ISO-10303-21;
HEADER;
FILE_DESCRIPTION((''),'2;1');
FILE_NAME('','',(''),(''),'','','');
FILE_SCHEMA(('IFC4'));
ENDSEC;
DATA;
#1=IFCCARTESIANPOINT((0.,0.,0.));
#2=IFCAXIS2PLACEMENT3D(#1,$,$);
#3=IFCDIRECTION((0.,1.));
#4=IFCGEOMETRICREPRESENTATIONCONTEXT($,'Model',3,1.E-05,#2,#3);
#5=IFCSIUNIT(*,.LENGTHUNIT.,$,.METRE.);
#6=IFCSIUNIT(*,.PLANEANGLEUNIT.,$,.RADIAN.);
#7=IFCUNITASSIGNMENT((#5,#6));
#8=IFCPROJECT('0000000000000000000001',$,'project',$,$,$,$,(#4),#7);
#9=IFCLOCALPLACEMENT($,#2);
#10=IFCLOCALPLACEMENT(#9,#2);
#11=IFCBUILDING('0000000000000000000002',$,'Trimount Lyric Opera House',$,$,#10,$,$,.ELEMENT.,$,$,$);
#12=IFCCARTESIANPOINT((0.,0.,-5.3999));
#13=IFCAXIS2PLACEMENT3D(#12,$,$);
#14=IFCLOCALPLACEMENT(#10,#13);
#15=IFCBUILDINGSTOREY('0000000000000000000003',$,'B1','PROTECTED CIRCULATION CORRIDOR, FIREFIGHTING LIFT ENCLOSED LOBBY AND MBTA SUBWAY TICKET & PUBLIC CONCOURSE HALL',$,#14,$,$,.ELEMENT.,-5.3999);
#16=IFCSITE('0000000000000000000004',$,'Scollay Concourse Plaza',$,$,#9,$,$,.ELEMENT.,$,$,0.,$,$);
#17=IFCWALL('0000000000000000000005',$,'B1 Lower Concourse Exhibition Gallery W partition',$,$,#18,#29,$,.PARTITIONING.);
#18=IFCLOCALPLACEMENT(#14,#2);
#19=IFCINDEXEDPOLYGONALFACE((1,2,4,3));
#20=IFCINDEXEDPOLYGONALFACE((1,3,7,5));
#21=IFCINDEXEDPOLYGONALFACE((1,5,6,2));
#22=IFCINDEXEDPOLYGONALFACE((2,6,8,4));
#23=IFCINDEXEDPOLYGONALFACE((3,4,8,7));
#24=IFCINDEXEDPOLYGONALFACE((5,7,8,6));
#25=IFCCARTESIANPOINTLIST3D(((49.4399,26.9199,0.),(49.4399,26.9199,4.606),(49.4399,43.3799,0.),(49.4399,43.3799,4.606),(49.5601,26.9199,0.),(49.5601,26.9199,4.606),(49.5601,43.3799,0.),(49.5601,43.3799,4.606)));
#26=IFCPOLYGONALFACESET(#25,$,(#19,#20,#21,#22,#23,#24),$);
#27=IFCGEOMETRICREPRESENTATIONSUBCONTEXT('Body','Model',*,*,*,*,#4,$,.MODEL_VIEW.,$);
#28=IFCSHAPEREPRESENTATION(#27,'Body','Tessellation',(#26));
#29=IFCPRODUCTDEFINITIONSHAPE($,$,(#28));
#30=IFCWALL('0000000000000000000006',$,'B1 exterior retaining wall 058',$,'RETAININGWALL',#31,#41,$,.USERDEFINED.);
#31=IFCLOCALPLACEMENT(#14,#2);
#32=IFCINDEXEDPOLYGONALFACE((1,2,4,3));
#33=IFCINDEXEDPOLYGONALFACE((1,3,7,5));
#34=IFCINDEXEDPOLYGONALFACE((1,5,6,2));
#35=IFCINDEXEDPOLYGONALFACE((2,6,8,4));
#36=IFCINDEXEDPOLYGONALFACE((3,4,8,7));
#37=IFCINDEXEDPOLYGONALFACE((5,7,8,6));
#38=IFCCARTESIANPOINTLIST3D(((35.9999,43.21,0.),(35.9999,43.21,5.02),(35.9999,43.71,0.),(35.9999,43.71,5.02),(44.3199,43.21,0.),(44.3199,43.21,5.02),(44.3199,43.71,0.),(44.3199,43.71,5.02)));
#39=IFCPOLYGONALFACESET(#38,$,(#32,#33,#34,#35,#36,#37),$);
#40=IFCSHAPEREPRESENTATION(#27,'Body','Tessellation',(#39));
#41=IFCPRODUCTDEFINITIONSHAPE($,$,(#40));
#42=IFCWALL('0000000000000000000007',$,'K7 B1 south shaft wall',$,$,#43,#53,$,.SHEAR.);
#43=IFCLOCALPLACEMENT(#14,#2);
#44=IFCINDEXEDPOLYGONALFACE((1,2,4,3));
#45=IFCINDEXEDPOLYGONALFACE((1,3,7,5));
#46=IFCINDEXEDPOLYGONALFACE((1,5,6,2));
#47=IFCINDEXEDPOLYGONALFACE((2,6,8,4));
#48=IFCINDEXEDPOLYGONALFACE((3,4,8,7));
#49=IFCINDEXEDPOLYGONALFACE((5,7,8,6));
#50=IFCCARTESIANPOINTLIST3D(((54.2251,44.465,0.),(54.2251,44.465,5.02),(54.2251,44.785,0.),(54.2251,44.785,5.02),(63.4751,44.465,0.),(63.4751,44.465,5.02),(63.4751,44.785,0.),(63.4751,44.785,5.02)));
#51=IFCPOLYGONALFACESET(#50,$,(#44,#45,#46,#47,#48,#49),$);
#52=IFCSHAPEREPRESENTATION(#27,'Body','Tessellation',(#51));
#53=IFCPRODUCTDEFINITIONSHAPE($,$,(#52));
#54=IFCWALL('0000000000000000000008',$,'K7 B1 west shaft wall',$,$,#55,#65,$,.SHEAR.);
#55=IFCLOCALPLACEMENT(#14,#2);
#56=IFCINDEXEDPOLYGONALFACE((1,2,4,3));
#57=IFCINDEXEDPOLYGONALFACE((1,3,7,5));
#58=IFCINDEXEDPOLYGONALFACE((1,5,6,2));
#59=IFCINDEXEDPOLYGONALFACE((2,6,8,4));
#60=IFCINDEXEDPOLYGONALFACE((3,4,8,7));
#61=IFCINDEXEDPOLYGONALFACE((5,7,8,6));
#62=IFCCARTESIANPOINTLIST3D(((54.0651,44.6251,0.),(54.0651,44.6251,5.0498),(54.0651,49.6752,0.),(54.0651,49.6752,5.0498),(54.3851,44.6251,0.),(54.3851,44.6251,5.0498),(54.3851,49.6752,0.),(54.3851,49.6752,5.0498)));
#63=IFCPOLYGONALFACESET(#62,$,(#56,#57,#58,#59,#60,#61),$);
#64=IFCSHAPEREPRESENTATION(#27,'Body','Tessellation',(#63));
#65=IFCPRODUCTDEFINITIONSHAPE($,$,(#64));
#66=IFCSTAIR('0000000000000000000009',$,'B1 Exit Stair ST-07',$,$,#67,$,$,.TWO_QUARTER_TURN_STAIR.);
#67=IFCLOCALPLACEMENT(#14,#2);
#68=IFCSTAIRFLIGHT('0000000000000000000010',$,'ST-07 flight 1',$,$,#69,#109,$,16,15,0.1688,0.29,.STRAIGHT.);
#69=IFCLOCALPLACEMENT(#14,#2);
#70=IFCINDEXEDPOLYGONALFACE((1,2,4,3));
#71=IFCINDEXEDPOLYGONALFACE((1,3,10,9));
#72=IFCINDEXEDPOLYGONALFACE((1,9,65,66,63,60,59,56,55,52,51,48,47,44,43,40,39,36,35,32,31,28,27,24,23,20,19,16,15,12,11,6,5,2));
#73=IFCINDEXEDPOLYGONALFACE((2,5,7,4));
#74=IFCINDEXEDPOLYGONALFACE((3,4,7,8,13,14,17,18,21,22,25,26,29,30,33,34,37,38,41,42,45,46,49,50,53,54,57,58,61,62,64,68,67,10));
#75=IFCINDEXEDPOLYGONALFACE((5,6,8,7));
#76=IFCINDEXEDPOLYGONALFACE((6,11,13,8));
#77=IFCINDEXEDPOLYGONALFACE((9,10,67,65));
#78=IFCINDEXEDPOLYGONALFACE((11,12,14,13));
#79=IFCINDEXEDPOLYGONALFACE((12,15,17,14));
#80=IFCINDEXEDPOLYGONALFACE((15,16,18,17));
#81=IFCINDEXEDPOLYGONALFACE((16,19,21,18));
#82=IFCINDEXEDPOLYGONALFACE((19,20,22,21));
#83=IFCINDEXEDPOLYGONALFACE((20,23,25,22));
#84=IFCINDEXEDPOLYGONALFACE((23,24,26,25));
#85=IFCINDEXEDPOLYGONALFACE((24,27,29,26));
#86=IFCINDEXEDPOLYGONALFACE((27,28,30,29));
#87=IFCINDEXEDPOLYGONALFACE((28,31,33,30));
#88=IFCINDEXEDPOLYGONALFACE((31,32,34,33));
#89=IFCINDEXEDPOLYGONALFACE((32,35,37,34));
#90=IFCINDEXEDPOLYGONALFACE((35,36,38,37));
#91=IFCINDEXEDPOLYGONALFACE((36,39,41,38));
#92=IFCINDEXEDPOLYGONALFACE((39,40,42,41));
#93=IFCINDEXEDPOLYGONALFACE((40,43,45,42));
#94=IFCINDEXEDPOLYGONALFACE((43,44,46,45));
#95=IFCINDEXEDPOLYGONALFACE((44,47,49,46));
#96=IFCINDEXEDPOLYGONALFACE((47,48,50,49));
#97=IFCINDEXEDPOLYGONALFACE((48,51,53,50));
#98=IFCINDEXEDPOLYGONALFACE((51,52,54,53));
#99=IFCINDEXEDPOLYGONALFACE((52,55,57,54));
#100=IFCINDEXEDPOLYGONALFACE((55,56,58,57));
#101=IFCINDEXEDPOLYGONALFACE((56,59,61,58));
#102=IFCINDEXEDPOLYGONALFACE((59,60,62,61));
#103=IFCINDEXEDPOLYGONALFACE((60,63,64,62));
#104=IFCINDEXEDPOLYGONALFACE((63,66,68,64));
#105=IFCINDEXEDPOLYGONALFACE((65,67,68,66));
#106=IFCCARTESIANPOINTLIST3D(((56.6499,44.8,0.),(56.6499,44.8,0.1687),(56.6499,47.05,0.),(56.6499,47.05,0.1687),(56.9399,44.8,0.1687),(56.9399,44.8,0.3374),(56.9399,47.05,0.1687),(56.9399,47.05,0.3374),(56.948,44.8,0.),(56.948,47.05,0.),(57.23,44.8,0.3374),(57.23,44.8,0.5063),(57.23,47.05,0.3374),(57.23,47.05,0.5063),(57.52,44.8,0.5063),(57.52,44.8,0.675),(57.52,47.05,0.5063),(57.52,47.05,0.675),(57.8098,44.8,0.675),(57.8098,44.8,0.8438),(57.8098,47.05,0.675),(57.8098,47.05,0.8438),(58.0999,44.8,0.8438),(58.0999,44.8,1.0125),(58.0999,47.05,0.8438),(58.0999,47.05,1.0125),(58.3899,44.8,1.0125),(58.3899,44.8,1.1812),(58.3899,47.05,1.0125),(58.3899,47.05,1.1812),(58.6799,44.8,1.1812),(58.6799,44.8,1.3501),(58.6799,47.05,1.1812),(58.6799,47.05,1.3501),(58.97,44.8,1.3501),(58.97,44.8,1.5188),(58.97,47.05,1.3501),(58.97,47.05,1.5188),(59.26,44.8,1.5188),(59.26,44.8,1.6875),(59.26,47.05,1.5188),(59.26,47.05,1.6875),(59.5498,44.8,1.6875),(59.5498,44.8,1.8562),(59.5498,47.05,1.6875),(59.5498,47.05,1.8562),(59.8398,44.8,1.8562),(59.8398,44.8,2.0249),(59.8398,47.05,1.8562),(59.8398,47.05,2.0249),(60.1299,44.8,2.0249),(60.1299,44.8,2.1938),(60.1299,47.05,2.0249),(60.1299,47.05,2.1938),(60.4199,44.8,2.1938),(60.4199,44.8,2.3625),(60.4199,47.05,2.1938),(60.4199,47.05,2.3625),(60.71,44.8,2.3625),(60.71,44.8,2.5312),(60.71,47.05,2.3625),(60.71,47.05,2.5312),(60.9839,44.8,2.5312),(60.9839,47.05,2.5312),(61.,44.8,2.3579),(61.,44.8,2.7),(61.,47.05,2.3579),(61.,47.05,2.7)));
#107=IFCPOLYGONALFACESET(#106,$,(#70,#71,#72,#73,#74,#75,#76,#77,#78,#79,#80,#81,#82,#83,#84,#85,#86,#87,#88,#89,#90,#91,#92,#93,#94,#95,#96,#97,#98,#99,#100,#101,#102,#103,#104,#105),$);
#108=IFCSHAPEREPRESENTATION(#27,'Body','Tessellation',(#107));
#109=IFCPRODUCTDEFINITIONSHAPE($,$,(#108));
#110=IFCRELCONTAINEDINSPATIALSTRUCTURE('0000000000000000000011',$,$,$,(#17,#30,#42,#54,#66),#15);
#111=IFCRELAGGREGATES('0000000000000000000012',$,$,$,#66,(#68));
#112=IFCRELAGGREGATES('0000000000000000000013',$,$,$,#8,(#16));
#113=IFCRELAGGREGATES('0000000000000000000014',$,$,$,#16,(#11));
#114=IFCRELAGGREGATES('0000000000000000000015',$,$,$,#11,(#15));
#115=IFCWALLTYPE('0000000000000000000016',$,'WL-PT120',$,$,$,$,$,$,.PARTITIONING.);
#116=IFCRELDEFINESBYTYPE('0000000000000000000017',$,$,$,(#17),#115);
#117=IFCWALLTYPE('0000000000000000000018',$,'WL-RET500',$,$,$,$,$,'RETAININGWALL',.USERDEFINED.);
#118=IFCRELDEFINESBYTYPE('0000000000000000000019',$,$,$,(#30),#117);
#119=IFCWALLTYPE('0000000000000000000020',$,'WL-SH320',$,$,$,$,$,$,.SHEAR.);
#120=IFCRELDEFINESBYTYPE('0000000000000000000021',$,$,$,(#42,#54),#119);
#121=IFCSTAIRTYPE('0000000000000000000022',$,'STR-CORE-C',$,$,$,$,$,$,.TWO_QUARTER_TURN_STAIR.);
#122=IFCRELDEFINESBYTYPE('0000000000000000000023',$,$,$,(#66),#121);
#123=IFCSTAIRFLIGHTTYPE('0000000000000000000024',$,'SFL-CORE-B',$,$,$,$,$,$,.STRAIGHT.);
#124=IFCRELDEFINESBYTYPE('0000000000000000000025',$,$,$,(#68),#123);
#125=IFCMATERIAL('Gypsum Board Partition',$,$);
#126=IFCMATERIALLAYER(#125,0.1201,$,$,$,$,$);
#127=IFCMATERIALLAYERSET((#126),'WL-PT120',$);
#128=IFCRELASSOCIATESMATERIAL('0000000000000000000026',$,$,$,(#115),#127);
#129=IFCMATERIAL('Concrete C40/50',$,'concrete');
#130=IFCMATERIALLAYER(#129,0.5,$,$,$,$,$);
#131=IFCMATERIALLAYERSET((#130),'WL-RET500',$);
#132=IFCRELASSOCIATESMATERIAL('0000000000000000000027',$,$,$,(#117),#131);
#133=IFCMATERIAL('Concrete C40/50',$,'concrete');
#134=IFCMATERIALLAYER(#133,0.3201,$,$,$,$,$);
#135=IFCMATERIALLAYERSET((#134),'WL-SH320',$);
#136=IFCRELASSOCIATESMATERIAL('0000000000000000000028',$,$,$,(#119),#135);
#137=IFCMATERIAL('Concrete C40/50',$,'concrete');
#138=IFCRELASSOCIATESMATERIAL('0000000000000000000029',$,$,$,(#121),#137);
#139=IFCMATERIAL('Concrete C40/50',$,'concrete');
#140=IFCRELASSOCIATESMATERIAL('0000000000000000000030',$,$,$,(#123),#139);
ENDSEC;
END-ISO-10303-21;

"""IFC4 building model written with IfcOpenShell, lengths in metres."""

from ifc_helpers import new_model, si_unit, direction, frame, frame_2d, origin, place, context, subcontext, project, spatial, polyline, rectangle, outline, extrude, material, layer, layer_set, type_object, element, aggregate, save


model = new_model("IFC4")

# Units and contexts
model_context = context("Model", 3, precision=1e-05, world=origin(), true_north=direction((0.0, 1.0)))
body_context = subcontext(model_context, "Body", "Model", "MODEL_VIEW")
ifc_project = project(units=[si_unit("LENGTHUNIT", "METRE"), si_unit("PLANEANGLEUNIT", "RADIAN")], contexts=[model_context])

# Site, building, storey
site_placement = place(None, origin())
site = spatial("IfcSite", under=ifc_project, at=site_placement, Name="Scollay Concourse Plaza", CompositionType="ELEMENT", RefElevation=0.0)
building_placement = place(site_placement, origin())
building = spatial("IfcBuilding", under=site, at=building_placement, Name="Trimount Lyric Opera House", CompositionType="ELEMENT")
storey_placement = place(building_placement, frame((0.0, 0.0, -5.3999)))
storey = spatial("IfcBuildingStorey", under=building, at=storey_placement, Name="B1", Description="PROTECTED CIRCULATION CORRIDOR, FIREFIGHTING LIFT ENCLOSED LOBBY AND MBTA SUBWAY TICKET & PUBLIC CONCOURSE HALL", CompositionType="ELEMENT", Elevation=-5.3999)

# Walls
ifc_material_1 = material(Name="Gypsum Board Partition")
ifc_layer_1 = layer(ifc_material_1, 0.1201)
ifc_layer_set_1 = layer_set([ifc_layer_1], Name="WL-PT120")
wall_type_1 = type_object("IfcWallType", Name="WL-PT120", PredefinedType="PARTITIONING", material=ifc_layer_set_1)
wall_1_placement = place(storey_placement, frame((49.5, 43.3799, 0.0), z_axis=(0.0, 0.0, 1.0), x_axis=(0.0, -1.0, 0.0)))
element("IfcWall", 1, at=wall_1_placement, inside=storey, type_object=wall_type_1, Name="B1 Lower Concourse Exhibition Gallery W partition", PredefinedType="PARTITIONING", context=body_context, shape_type="SweptSolid", body=[
    extrude(rectangle(XDim=16.46, YDim=0.1201, at=frame_2d((8.23, 0.0))), origin(), (0.0, 0.0, 1.0), 4.606),
])
ifc_material_2 = material(Name="Concrete C40/50", Category="concrete")
ifc_layer_2 = layer(ifc_material_2, 0.5)
ifc_layer_set_2 = layer_set([ifc_layer_2], Name="WL-RET500")
wall_type_2 = type_object("IfcWallType", Name="WL-RET500", ElementType="RETAININGWALL", PredefinedType="USERDEFINED", material=ifc_layer_set_2)
wall_2_placement = place(storey_placement, frame((44.3201, 43.46, 0.0), z_axis=(0.0, 0.0, 1.0), x_axis=(-1.0, 0.0, 0.0)))
element("IfcWall", 2, at=wall_2_placement, inside=storey, type_object=wall_type_2, Name="B1 exterior retaining wall 058", ObjectType="RETAININGWALL", PredefinedType="USERDEFINED", context=body_context, shape_type="SweptSolid", body=[
    extrude(rectangle(XDim=8.3201, YDim=0.5, at=frame_2d((4.1602, 0.0))), origin(), (0.0, 0.0, 1.0), 5.02),
])
ifc_material_3 = material(Name="Concrete C40/50", Category="concrete")
ifc_layer_3 = layer(ifc_material_3, 0.3201)
ifc_layer_set_3 = layer_set([ifc_layer_3], Name="WL-SH320")
wall_type_3 = type_object("IfcWallType", Name="WL-SH320", PredefinedType="SHEAR", material=ifc_layer_set_3)
wall_3_placement = place(storey_placement, frame((54.2251, 44.625, 0.0), z_axis=(0.0, 0.0, 1.0), x_axis=(1.0, 0.0, 0.0)))
element("IfcWall", 3, at=wall_3_placement, inside=storey, type_object=wall_type_3, Name="K7 B1 south shaft wall", PredefinedType="SHEAR", context=body_context, shape_type="SweptSolid", body=[
    extrude(rectangle(XDim=9.25, YDim=0.3201, at=frame_2d((4.625, 0.0))), origin(), (0.0, 0.0, 1.0), 5.02),
])
wall_4_placement = place(storey_placement, frame((54.2251, 49.675, 0.0), z_axis=(0.0, 0.0, 1.0), x_axis=(0.0, -1.0, 0.0)))
element("IfcWall", 4, at=wall_4_placement, inside=storey, type_object=wall_type_3, Name="K7 B1 west shaft wall", PredefinedType="SHEAR", context=body_context, shape_type="SweptSolid", body=[
    extrude(rectangle(XDim=5.05, YDim=0.3201, at=frame_2d((2.5249, 0.0))), origin(), (0.0, 0.0, 1.0), 5.0498),
])

# Stair, stair flight
ifc_material_4 = material(Name="Concrete C40/50", Category="concrete")
stair_type = type_object("IfcStairType", Name="STR-CORE-C", PredefinedType="TWO_QUARTER_TURN_STAIR", material=ifc_material_4)
stair_placement = place(storey_placement, origin())
stair = element("IfcStair", 5, at=stair_placement, inside=storey, type_object=stair_type, Name="B1 Exit Stair ST-07", PredefinedType="TWO_QUARTER_TURN_STAIR")
ifc_material_5 = material(Name="Concrete C40/50", Category="concrete")
stair_flight_type = type_object("IfcStairFlightType", Name="SFL-CORE-B", PredefinedType="STRAIGHT", material=ifc_material_5)
stair_flight_placement = place(storey_placement, frame((56.6499, 45.925, 0.0), z_axis=(0.0, 0.0, 1.0), x_axis=(1.0, 0.0, 0.0)))
stair_flight = element("IfcStairFlight", 6, at=stair_flight_placement, type_object=stair_flight_type, Name="ST-07 flight 1", NumberOfRisers=16, NumberOfTreads=15, PredefinedType="STRAIGHT", RiserHeight=0.1688, TreadLength=0.29, context=body_context, shape_type="SweptSolid", body=[
    extrude(outline(polyline([(0.0, 0.0), (0.0, 0.1687), (0.29, 0.1687), (0.29, 0.3374), (0.5801, 0.3374), (0.5801, 0.5063), (0.8701, 0.5063), (0.8701, 0.675), (1.1599, 0.675), (1.1599, 0.8438), (1.45, 0.8438), (1.45, 1.0125), (1.74, 1.0125), (1.74, 1.1812), (2.03, 1.1812), (2.03, 1.3501), (2.3201, 1.3501), (2.3201, 1.5188), (2.6101, 1.5188), (2.6101, 1.6875), (2.8999, 1.6875), (2.8999, 1.8562), (3.1899, 1.8562), (3.1899, 2.0249), (3.48, 2.0249), (3.48, 2.1938), (3.77, 2.1938), (3.77, 2.3625), (4.0601, 2.3625), (4.0601, 2.5312), (4.334, 2.5312), (4.3501, 2.7), (4.3501, 2.3579), (0.2981, 0.0), (0.0, 0.0)])), frame((0.0, 1.125, 0.0), z_axis=(0.0, -1.0, 0.0), x_axis=(1.0, 0.0, 0.0)), (0.0, 0.0, 1.0), 2.25),
])
aggregate(stair, [stair_flight])

save(model, "model.ifc")
